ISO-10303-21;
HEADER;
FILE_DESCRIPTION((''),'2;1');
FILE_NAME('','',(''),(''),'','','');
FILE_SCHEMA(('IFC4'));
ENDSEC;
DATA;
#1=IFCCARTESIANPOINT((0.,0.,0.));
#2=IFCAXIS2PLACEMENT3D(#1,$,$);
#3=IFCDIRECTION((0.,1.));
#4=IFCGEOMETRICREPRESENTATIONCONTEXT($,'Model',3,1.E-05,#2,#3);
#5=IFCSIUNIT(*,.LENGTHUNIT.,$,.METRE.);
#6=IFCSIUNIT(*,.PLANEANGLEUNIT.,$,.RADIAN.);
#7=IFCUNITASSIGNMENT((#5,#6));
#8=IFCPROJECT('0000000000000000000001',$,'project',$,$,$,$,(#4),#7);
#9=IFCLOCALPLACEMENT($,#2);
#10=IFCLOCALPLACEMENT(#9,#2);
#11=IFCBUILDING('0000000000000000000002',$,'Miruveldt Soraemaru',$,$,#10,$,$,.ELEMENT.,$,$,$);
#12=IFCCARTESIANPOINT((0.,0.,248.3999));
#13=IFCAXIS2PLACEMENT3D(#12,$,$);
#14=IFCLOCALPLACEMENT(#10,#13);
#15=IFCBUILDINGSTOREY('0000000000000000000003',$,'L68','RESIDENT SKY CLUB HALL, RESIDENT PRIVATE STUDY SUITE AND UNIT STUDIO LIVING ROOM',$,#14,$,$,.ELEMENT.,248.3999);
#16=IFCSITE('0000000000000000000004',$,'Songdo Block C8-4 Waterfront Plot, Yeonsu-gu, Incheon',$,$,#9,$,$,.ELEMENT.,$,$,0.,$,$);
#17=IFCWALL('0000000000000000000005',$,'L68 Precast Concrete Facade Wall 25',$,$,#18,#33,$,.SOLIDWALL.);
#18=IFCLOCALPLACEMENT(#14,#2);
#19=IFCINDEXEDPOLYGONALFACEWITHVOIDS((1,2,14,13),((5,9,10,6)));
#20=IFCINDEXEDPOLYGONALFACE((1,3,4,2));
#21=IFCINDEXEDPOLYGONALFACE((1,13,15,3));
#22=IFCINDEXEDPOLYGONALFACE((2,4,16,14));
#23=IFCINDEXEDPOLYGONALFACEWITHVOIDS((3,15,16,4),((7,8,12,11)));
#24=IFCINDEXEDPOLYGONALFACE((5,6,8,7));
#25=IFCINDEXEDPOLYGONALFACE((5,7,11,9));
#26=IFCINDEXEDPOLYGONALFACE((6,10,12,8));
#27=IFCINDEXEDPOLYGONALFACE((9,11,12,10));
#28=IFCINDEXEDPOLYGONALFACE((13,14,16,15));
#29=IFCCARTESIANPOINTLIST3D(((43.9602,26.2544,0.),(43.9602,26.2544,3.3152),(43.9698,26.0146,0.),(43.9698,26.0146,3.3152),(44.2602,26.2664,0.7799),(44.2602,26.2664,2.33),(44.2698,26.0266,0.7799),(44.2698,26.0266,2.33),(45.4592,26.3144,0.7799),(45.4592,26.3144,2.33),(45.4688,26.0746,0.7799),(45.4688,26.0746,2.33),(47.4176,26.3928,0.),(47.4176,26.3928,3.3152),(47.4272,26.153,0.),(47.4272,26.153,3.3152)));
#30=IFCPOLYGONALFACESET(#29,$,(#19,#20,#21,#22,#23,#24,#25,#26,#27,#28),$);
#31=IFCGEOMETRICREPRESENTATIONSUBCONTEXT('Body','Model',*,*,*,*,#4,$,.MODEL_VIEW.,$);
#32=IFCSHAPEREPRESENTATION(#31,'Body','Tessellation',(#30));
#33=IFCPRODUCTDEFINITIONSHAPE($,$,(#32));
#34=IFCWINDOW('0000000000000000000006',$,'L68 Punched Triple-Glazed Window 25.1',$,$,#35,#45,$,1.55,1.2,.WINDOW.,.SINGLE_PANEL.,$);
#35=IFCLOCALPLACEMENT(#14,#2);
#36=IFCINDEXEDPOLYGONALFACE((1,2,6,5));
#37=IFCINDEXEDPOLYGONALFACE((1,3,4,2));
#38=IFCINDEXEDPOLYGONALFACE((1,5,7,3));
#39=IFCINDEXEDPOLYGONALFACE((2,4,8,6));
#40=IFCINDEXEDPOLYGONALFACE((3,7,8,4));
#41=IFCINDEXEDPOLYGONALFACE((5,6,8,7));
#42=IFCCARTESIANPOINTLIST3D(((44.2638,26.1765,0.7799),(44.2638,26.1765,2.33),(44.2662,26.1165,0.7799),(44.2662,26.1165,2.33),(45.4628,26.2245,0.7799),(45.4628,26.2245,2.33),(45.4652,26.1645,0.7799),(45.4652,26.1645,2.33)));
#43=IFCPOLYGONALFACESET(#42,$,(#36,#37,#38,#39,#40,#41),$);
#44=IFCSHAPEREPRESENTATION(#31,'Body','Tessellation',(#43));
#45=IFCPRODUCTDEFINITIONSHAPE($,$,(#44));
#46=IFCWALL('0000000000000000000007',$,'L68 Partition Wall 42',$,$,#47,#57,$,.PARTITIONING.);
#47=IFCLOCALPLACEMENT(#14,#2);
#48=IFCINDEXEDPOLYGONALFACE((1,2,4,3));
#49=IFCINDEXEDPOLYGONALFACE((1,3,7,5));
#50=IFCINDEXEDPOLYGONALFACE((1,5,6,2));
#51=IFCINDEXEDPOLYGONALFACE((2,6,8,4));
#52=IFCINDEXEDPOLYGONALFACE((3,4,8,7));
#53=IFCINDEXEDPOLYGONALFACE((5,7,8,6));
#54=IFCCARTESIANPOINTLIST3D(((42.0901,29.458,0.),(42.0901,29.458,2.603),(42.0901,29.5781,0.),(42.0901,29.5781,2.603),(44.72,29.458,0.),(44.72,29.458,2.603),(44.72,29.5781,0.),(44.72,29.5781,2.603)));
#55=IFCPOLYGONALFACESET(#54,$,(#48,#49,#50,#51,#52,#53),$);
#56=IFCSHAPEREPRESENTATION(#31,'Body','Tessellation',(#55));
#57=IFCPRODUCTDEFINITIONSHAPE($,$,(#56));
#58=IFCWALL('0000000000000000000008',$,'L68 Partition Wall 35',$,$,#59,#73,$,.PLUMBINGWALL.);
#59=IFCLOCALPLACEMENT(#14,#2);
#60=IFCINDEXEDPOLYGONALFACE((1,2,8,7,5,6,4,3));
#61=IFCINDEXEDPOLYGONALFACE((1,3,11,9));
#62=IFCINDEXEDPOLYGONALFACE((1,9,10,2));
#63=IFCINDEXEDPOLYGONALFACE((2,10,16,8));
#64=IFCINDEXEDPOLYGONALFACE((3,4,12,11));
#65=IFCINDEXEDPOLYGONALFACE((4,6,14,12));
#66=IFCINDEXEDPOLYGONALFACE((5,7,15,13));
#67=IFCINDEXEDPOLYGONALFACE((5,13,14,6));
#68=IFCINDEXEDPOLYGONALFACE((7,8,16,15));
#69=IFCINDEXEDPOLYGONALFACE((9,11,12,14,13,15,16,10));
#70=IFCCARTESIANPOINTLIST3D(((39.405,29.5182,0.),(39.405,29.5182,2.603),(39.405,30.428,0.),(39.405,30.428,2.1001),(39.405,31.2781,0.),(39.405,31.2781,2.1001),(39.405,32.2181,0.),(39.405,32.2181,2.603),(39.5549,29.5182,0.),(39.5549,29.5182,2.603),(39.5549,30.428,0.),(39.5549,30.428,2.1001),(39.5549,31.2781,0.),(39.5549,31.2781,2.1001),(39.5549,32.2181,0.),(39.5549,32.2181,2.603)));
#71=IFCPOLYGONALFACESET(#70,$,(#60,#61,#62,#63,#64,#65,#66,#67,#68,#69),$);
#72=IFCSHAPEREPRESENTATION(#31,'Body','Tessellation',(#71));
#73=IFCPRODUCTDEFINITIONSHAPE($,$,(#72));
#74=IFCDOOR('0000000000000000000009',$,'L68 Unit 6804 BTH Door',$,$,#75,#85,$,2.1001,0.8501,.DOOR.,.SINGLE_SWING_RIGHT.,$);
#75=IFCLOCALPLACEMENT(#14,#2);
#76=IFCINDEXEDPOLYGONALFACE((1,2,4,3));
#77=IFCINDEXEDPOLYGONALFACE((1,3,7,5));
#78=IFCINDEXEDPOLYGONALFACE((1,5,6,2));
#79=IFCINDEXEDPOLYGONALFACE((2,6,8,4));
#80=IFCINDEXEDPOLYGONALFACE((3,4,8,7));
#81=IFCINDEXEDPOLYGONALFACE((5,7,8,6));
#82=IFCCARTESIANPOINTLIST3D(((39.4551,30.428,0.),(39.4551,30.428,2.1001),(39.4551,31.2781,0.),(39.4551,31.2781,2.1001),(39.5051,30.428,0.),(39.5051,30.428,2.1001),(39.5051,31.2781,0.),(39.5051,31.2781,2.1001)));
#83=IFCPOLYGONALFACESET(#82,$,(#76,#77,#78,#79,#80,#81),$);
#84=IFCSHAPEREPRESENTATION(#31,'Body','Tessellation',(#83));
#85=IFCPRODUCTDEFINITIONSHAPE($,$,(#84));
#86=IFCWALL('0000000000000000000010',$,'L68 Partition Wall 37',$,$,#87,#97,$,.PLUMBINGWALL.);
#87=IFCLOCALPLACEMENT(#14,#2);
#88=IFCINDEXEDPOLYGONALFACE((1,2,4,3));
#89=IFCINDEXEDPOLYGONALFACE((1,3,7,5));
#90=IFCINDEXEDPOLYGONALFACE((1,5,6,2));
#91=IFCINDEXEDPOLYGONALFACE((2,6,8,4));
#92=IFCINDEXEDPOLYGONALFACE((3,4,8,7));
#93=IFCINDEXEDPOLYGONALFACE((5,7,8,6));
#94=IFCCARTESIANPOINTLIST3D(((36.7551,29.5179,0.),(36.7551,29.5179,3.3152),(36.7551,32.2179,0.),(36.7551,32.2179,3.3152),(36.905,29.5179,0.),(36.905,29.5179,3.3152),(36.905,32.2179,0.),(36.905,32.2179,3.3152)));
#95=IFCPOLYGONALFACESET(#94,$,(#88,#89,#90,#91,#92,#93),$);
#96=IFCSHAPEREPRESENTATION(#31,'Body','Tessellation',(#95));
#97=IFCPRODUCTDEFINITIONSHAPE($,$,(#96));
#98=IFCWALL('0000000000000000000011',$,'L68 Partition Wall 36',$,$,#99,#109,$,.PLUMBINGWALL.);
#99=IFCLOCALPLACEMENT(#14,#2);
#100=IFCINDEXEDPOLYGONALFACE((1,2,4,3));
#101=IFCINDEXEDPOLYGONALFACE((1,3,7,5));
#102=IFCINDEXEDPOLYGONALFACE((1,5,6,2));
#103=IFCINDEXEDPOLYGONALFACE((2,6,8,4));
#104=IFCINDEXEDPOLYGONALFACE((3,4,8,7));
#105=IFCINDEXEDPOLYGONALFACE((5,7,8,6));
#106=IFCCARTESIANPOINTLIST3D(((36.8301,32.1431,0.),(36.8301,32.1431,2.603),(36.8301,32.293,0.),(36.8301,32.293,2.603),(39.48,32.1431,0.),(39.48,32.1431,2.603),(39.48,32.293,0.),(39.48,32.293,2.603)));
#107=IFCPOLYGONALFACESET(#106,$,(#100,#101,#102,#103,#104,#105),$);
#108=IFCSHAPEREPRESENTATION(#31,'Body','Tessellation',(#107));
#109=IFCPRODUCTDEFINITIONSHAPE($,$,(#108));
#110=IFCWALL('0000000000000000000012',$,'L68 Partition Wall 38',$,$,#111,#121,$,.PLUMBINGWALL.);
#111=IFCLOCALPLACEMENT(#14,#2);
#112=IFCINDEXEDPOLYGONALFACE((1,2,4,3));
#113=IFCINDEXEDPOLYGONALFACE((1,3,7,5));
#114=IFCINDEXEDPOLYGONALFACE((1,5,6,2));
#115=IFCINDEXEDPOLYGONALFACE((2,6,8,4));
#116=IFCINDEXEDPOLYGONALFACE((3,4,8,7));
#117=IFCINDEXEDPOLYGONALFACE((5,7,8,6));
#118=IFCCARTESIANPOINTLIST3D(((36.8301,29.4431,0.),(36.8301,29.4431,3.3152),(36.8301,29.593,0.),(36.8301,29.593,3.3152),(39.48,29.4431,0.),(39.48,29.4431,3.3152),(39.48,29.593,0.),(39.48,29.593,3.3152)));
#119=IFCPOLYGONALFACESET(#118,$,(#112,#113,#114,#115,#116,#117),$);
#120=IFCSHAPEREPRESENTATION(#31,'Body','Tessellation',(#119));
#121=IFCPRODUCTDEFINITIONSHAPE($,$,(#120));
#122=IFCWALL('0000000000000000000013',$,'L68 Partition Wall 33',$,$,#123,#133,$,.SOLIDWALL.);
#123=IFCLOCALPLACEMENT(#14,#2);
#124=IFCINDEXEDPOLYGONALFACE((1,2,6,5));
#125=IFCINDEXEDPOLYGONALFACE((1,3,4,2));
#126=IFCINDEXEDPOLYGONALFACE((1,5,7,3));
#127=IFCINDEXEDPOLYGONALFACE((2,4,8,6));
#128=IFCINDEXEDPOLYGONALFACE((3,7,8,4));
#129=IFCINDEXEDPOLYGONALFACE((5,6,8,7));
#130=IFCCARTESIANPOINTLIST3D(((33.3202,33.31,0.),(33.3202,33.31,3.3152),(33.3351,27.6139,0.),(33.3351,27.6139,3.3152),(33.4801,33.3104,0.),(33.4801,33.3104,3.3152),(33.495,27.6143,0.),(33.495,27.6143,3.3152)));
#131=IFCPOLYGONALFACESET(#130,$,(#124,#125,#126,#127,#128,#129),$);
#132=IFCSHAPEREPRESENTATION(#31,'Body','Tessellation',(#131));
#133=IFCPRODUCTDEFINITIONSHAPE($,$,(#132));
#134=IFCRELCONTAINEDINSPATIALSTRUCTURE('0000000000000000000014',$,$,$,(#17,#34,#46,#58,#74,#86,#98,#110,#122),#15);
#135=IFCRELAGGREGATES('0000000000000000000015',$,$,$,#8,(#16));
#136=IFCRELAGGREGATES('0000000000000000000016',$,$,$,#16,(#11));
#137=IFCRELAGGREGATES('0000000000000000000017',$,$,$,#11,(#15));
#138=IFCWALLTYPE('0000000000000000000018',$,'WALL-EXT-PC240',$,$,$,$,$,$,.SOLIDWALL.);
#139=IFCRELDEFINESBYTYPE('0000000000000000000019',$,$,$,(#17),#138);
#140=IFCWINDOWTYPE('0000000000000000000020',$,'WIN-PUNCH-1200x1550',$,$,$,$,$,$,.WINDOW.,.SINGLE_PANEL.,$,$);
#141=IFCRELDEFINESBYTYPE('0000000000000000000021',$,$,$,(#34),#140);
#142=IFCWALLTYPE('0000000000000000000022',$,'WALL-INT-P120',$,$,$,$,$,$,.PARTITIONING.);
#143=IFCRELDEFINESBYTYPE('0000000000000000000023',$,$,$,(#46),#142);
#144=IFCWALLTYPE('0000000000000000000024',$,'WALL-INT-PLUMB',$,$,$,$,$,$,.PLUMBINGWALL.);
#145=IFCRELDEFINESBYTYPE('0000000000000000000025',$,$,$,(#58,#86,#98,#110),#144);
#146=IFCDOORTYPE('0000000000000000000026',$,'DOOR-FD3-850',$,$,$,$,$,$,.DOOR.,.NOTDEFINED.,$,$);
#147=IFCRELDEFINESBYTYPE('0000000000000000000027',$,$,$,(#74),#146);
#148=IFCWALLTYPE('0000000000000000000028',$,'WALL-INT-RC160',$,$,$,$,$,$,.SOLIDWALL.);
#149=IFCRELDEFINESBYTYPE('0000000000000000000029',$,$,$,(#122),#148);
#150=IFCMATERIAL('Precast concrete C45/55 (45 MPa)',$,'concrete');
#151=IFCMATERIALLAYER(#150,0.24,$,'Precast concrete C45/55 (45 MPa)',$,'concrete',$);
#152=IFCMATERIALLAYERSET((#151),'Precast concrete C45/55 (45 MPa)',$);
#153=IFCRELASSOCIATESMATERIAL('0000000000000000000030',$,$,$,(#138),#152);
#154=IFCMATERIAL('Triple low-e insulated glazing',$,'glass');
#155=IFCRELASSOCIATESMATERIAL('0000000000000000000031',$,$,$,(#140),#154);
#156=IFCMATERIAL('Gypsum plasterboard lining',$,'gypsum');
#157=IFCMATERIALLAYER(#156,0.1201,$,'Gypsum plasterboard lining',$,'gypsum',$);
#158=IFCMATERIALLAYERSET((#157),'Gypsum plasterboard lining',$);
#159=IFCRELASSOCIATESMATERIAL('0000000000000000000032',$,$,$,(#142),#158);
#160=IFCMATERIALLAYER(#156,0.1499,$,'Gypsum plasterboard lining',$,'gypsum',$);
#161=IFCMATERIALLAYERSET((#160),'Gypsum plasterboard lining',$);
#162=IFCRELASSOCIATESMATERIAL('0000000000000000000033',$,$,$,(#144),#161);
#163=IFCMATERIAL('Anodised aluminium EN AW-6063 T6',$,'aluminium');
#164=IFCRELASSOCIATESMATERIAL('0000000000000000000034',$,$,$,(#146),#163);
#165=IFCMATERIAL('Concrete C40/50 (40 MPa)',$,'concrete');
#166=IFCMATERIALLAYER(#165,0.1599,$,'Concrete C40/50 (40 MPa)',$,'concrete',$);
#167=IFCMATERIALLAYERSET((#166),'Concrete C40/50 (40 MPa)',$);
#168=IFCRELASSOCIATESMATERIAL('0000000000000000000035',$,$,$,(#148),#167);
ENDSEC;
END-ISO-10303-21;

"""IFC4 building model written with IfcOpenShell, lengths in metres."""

from ifc_helpers import new_model, si_unit, direction, frame, frame_2d, origin, place, context, subcontext, project, spatial, rectangle, extrude, material, layer, layer_set, type_object, element, fill, save


model = new_model("IFC4")

# Units and contexts
model_context = context("Model", 3, precision=1e-05, world=origin(), true_north=direction((0.0, 1.0)))
body_context = subcontext(model_context, "Body", "Model", "MODEL_VIEW")
ifc_project = project(units=[si_unit("LENGTHUNIT", "METRE"), si_unit("PLANEANGLEUNIT", "RADIAN")], contexts=[model_context])

# Site, building, storey
site_placement = place(None, origin())
site = spatial("IfcSite", under=ifc_project, at=site_placement, Name="Songdo Block C8-4 Waterfront Plot, Yeonsu-gu, Incheon", CompositionType="ELEMENT", RefElevation=0.0)
building_placement = place(site_placement, origin())
building = spatial("IfcBuilding", under=site, at=building_placement, Name="Miruveldt Soraemaru", CompositionType="ELEMENT")
storey_placement = place(building_placement, frame((0.0, 0.0, 248.3999)))
storey = spatial("IfcBuildingStorey", under=building, at=storey_placement, Name="L68", Description="RESIDENT SKY CLUB HALL, RESIDENT PRIVATE STUDY SUITE AND UNIT STUDIO LIVING ROOM", CompositionType="ELEMENT", Elevation=248.3999)

# Wall, opening, window
ifc_material_1 = material(Name="Precast concrete C45/55 (45 MPa)", Category="concrete")
ifc_layer_1 = layer(ifc_material_1, 0.24, Name="Precast concrete C45/55 (45 MPa)", Category="concrete")
ifc_layer_set_1 = layer_set([ifc_layer_1], Name="Precast concrete C45/55 (45 MPa)")
wall_type_1 = type_object("IfcWallType", Name="WALL-EXT-PC240", PredefinedType="SOLIDWALL", material=ifc_layer_set_1)
ifc_material_2 = material(Name="Triple low-e insulated glazing", Category="glass")
wall_1_placement = place(storey_placement, frame((43.9651, 26.1345, 0.0), z_axis=(0.0, 0.0, 1.0), x_axis=(0.999199, 0.040005, 0.0)))
wall_1 = element("IfcWall", 1, at=wall_1_placement, inside=storey, type_object=wall_type_1, Name="L68 Precast Concrete Facade Wall 25", PredefinedType="SOLIDWALL", context=body_context, shape_type="SweptSolid", body=[
    extrude(rectangle(XDim=3.4602, YDim=0.24, at=frame_2d((1.73, 0.0))), origin(), (0.0, 0.0, 1.0), 3.3152),
])
opening_1_placement = place(wall_1_placement, frame((0.3, 0.0, 0.78)))
opening_1 = element("IfcOpeningElement", 2, at=opening_1_placement, cuts=wall_1, PredefinedType="OPENING", context=body_context, shape_type="SweptSolid", body=[
    extrude(rectangle(XDim=1.2, YDim=1.55, at=frame_2d((0.6001, 0.7749))), frame((0.0, 0.1299, 0.0), z_axis=(0.0, -1.0, 0.0), x_axis=(1.0, 0.0, 0.0)), (0.0, 0.0, 1.0), 0.26),
])
window_type_1 = type_object("IfcWindowType", Name="WIN-PUNCH-1200x1550", PartitioningType="SINGLE_PANEL", PredefinedType="WINDOW", material=ifc_material_2)
window_1_placement = place(opening_1_placement, origin())
window_1 = element("IfcWindow", 3, at=window_1_placement, inside=storey, type_object=window_type_1, Name="L68 Punched Triple-Glazed Window 25.1", OverallHeight=1.55, OverallWidth=1.2, PartitioningType="SINGLE_PANEL", PredefinedType="WINDOW", context=body_context, shape_type="SweptSolid", body=[
    extrude(rectangle(XDim=1.2, YDim=1.55, at=frame_2d((0.6001, 0.7749))), frame((0.0, 0.03, 0.0), z_axis=(0.0, -1.0, 0.0), x_axis=(1.0, 0.0, 0.0)), (0.0, 0.0, 1.0), 0.0601),
])
fill(opening_1, window_1)

# Wall
ifc_material_3 = material(Name="Gypsum plasterboard lining", Category="gypsum")
ifc_layer_2 = layer(ifc_material_3, 0.1201, Name="Gypsum plasterboard lining", Category="gypsum")
ifc_layer_set_2 = layer_set([ifc_layer_2], Name="Gypsum plasterboard lining")
wall_type_2 = type_object("IfcWallType", Name="WALL-INT-P120", PredefinedType="PARTITIONING", material=ifc_layer_set_2)
wall_2_placement = place(storey_placement, frame((42.0901, 29.5181, 0.0), z_axis=(0.0, 0.0, 1.0), x_axis=(1.0, 0.0, 0.0)))
element("IfcWall", 4, at=wall_2_placement, inside=storey, type_object=wall_type_2, Name="L68 Partition Wall 42", PredefinedType="PARTITIONING", context=body_context, shape_type="SweptSolid", body=[
    extrude(rectangle(XDim=2.6299, YDim=0.1201, at=frame_2d((1.3149, 0.0))), origin(), (0.0, 0.0, 1.0), 2.603),
])

# Wall, opening, door
ifc_layer_3 = layer(ifc_material_3, 0.1499, Name="Gypsum plasterboard lining", Category="gypsum")
ifc_layer_set_3 = layer_set([ifc_layer_3], Name="Gypsum plasterboard lining")
wall_type_3 = type_object("IfcWallType", Name="WALL-INT-PLUMB", PredefinedType="PLUMBINGWALL", material=ifc_layer_set_3)
wall_3_placement = place(storey_placement, frame((39.48, 29.5181, 0.0), z_axis=(0.0, 0.0, 1.0), x_axis=(0.0, 1.0, 0.0)))
wall_3 = element("IfcWall", 5, at=wall_3_placement, inside=storey, type_object=wall_type_3, Name="L68 Partition Wall 35", PredefinedType="PLUMBINGWALL", context=body_context, shape_type="SweptSolid", body=[
    extrude(rectangle(XDim=2.7, YDim=0.1499, at=frame_2d((1.3501, 0.0))), origin(), (0.0, 0.0, 1.0), 2.603),
])
opening_2_placement = place(wall_3_placement, frame((0.9099, 0.0, 0.0)))
opening_2 = element("IfcOpeningElement", 6, at=opening_2_placement, cuts=wall_3, PredefinedType="OPENING", context=body_context, shape_type="SweptSolid", body=[
    extrude(rectangle(XDim=0.8501, YDim=2.1001, at=frame_2d((0.425, 1.05))), frame((0.0, 0.085, 0.0), z_axis=(0.0, -1.0, 0.0), x_axis=(1.0, 0.0, 0.0)), (0.0, 0.0, 1.0), 0.1699),
])
ifc_material_4 = material(Name="Anodised aluminium EN AW-6063 T6", Category="aluminium")
door_type = type_object("IfcDoorType", Name="DOOR-FD3-850", OperationType="NOTDEFINED", PredefinedType="DOOR", material=ifc_material_4)
door_placement = place(opening_2_placement, origin())
door = element("IfcDoor", 7, at=door_placement, inside=storey, type_object=door_type, Name="L68 Unit 6804 BTH Door", OperationType="SINGLE_SWING_RIGHT", OverallHeight=2.1001, OverallWidth=0.8501, PredefinedType="DOOR", context=body_context, shape_type="SweptSolid", body=[
    extrude(rectangle(XDim=0.8501, YDim=2.1001, at=frame_2d((0.425, 1.05))), frame((0.0, 0.0249, 0.0), z_axis=(0.0, -1.0, 0.0), x_axis=(1.0, 0.0, 0.0)), (0.0, 0.0, 1.0), 0.05),
])
fill(opening_2, door)

# Walls
wall_4_placement = place(storey_placement, frame((36.8301, 32.218, 0.0), z_axis=(0.0, 0.0, 1.0), x_axis=(0.0, -1.0, 0.0)))
element("IfcWall", 8, at=wall_4_placement, inside=storey, type_object=wall_type_3, Name="L68 Partition Wall 37", PredefinedType="PLUMBINGWALL", context=body_context, shape_type="SweptSolid", body=[
    extrude(rectangle(XDim=2.7, YDim=0.1499, at=frame_2d((1.3501, 0.0))), origin(), (0.0, 0.0, 1.0), 3.3152),
])
wall_5_placement = place(storey_placement, frame((39.48, 32.218, 0.0), z_axis=(0.0, 0.0, 1.0), x_axis=(-1.0, 0.0, 0.0)))
element("IfcWall", 9, at=wall_5_placement, inside=storey, type_object=wall_type_3, Name="L68 Partition Wall 36", PredefinedType="PLUMBINGWALL", context=body_context, shape_type="SweptSolid", body=[
    extrude(rectangle(XDim=2.6499, YDim=0.1499, at=frame_2d((1.325, 0.0))), origin(), (0.0, 0.0, 1.0), 2.603),
])
wall_6_placement = place(storey_placement, frame((36.8301, 29.5181, 0.0), z_axis=(0.0, 0.0, 1.0), x_axis=(1.0, 0.0, 0.0)))
element("IfcWall", 10, at=wall_6_placement, inside=storey, type_object=wall_type_3, Name="L68 Partition Wall 38", PredefinedType="PLUMBINGWALL", context=body_context, shape_type="SweptSolid", body=[
    extrude(rectangle(XDim=2.6499, YDim=0.1499, at=frame_2d((1.325, 0.0))), origin(), (0.0, 0.0, 1.0), 3.3152),
])
ifc_material_5 = material(Name="Concrete C40/50 (40 MPa)", Category="concrete")
ifc_layer_4 = layer(ifc_material_5, 0.1599, Name="Concrete C40/50 (40 MPa)", Category="concrete")
ifc_layer_set_4 = layer_set([ifc_layer_4], Name="Concrete C40/50 (40 MPa)")
wall_type_4 = type_object("IfcWallType", Name="WALL-INT-RC160", PredefinedType="SOLIDWALL", material=ifc_layer_set_4)
wall_7_placement = place(storey_placement, frame((33.415, 27.614, 0.0), z_axis=(0.0, 0.0, 1.0), x_axis=(-0.002615, 0.999997, 0.0)))
element("IfcWall", 11, at=wall_7_placement, inside=storey, type_object=wall_type_4, Name="L68 Partition Wall 33", PredefinedType="SOLIDWALL", context=body_context, shape_type="SweptSolid", body=[
    extrude(rectangle(XDim=5.696, YDim=0.1599, at=frame_2d((2.8481, 0.0))), origin(), (0.0, 0.0, 1.0), 3.3152),
])

save(model, "model.ifc")
